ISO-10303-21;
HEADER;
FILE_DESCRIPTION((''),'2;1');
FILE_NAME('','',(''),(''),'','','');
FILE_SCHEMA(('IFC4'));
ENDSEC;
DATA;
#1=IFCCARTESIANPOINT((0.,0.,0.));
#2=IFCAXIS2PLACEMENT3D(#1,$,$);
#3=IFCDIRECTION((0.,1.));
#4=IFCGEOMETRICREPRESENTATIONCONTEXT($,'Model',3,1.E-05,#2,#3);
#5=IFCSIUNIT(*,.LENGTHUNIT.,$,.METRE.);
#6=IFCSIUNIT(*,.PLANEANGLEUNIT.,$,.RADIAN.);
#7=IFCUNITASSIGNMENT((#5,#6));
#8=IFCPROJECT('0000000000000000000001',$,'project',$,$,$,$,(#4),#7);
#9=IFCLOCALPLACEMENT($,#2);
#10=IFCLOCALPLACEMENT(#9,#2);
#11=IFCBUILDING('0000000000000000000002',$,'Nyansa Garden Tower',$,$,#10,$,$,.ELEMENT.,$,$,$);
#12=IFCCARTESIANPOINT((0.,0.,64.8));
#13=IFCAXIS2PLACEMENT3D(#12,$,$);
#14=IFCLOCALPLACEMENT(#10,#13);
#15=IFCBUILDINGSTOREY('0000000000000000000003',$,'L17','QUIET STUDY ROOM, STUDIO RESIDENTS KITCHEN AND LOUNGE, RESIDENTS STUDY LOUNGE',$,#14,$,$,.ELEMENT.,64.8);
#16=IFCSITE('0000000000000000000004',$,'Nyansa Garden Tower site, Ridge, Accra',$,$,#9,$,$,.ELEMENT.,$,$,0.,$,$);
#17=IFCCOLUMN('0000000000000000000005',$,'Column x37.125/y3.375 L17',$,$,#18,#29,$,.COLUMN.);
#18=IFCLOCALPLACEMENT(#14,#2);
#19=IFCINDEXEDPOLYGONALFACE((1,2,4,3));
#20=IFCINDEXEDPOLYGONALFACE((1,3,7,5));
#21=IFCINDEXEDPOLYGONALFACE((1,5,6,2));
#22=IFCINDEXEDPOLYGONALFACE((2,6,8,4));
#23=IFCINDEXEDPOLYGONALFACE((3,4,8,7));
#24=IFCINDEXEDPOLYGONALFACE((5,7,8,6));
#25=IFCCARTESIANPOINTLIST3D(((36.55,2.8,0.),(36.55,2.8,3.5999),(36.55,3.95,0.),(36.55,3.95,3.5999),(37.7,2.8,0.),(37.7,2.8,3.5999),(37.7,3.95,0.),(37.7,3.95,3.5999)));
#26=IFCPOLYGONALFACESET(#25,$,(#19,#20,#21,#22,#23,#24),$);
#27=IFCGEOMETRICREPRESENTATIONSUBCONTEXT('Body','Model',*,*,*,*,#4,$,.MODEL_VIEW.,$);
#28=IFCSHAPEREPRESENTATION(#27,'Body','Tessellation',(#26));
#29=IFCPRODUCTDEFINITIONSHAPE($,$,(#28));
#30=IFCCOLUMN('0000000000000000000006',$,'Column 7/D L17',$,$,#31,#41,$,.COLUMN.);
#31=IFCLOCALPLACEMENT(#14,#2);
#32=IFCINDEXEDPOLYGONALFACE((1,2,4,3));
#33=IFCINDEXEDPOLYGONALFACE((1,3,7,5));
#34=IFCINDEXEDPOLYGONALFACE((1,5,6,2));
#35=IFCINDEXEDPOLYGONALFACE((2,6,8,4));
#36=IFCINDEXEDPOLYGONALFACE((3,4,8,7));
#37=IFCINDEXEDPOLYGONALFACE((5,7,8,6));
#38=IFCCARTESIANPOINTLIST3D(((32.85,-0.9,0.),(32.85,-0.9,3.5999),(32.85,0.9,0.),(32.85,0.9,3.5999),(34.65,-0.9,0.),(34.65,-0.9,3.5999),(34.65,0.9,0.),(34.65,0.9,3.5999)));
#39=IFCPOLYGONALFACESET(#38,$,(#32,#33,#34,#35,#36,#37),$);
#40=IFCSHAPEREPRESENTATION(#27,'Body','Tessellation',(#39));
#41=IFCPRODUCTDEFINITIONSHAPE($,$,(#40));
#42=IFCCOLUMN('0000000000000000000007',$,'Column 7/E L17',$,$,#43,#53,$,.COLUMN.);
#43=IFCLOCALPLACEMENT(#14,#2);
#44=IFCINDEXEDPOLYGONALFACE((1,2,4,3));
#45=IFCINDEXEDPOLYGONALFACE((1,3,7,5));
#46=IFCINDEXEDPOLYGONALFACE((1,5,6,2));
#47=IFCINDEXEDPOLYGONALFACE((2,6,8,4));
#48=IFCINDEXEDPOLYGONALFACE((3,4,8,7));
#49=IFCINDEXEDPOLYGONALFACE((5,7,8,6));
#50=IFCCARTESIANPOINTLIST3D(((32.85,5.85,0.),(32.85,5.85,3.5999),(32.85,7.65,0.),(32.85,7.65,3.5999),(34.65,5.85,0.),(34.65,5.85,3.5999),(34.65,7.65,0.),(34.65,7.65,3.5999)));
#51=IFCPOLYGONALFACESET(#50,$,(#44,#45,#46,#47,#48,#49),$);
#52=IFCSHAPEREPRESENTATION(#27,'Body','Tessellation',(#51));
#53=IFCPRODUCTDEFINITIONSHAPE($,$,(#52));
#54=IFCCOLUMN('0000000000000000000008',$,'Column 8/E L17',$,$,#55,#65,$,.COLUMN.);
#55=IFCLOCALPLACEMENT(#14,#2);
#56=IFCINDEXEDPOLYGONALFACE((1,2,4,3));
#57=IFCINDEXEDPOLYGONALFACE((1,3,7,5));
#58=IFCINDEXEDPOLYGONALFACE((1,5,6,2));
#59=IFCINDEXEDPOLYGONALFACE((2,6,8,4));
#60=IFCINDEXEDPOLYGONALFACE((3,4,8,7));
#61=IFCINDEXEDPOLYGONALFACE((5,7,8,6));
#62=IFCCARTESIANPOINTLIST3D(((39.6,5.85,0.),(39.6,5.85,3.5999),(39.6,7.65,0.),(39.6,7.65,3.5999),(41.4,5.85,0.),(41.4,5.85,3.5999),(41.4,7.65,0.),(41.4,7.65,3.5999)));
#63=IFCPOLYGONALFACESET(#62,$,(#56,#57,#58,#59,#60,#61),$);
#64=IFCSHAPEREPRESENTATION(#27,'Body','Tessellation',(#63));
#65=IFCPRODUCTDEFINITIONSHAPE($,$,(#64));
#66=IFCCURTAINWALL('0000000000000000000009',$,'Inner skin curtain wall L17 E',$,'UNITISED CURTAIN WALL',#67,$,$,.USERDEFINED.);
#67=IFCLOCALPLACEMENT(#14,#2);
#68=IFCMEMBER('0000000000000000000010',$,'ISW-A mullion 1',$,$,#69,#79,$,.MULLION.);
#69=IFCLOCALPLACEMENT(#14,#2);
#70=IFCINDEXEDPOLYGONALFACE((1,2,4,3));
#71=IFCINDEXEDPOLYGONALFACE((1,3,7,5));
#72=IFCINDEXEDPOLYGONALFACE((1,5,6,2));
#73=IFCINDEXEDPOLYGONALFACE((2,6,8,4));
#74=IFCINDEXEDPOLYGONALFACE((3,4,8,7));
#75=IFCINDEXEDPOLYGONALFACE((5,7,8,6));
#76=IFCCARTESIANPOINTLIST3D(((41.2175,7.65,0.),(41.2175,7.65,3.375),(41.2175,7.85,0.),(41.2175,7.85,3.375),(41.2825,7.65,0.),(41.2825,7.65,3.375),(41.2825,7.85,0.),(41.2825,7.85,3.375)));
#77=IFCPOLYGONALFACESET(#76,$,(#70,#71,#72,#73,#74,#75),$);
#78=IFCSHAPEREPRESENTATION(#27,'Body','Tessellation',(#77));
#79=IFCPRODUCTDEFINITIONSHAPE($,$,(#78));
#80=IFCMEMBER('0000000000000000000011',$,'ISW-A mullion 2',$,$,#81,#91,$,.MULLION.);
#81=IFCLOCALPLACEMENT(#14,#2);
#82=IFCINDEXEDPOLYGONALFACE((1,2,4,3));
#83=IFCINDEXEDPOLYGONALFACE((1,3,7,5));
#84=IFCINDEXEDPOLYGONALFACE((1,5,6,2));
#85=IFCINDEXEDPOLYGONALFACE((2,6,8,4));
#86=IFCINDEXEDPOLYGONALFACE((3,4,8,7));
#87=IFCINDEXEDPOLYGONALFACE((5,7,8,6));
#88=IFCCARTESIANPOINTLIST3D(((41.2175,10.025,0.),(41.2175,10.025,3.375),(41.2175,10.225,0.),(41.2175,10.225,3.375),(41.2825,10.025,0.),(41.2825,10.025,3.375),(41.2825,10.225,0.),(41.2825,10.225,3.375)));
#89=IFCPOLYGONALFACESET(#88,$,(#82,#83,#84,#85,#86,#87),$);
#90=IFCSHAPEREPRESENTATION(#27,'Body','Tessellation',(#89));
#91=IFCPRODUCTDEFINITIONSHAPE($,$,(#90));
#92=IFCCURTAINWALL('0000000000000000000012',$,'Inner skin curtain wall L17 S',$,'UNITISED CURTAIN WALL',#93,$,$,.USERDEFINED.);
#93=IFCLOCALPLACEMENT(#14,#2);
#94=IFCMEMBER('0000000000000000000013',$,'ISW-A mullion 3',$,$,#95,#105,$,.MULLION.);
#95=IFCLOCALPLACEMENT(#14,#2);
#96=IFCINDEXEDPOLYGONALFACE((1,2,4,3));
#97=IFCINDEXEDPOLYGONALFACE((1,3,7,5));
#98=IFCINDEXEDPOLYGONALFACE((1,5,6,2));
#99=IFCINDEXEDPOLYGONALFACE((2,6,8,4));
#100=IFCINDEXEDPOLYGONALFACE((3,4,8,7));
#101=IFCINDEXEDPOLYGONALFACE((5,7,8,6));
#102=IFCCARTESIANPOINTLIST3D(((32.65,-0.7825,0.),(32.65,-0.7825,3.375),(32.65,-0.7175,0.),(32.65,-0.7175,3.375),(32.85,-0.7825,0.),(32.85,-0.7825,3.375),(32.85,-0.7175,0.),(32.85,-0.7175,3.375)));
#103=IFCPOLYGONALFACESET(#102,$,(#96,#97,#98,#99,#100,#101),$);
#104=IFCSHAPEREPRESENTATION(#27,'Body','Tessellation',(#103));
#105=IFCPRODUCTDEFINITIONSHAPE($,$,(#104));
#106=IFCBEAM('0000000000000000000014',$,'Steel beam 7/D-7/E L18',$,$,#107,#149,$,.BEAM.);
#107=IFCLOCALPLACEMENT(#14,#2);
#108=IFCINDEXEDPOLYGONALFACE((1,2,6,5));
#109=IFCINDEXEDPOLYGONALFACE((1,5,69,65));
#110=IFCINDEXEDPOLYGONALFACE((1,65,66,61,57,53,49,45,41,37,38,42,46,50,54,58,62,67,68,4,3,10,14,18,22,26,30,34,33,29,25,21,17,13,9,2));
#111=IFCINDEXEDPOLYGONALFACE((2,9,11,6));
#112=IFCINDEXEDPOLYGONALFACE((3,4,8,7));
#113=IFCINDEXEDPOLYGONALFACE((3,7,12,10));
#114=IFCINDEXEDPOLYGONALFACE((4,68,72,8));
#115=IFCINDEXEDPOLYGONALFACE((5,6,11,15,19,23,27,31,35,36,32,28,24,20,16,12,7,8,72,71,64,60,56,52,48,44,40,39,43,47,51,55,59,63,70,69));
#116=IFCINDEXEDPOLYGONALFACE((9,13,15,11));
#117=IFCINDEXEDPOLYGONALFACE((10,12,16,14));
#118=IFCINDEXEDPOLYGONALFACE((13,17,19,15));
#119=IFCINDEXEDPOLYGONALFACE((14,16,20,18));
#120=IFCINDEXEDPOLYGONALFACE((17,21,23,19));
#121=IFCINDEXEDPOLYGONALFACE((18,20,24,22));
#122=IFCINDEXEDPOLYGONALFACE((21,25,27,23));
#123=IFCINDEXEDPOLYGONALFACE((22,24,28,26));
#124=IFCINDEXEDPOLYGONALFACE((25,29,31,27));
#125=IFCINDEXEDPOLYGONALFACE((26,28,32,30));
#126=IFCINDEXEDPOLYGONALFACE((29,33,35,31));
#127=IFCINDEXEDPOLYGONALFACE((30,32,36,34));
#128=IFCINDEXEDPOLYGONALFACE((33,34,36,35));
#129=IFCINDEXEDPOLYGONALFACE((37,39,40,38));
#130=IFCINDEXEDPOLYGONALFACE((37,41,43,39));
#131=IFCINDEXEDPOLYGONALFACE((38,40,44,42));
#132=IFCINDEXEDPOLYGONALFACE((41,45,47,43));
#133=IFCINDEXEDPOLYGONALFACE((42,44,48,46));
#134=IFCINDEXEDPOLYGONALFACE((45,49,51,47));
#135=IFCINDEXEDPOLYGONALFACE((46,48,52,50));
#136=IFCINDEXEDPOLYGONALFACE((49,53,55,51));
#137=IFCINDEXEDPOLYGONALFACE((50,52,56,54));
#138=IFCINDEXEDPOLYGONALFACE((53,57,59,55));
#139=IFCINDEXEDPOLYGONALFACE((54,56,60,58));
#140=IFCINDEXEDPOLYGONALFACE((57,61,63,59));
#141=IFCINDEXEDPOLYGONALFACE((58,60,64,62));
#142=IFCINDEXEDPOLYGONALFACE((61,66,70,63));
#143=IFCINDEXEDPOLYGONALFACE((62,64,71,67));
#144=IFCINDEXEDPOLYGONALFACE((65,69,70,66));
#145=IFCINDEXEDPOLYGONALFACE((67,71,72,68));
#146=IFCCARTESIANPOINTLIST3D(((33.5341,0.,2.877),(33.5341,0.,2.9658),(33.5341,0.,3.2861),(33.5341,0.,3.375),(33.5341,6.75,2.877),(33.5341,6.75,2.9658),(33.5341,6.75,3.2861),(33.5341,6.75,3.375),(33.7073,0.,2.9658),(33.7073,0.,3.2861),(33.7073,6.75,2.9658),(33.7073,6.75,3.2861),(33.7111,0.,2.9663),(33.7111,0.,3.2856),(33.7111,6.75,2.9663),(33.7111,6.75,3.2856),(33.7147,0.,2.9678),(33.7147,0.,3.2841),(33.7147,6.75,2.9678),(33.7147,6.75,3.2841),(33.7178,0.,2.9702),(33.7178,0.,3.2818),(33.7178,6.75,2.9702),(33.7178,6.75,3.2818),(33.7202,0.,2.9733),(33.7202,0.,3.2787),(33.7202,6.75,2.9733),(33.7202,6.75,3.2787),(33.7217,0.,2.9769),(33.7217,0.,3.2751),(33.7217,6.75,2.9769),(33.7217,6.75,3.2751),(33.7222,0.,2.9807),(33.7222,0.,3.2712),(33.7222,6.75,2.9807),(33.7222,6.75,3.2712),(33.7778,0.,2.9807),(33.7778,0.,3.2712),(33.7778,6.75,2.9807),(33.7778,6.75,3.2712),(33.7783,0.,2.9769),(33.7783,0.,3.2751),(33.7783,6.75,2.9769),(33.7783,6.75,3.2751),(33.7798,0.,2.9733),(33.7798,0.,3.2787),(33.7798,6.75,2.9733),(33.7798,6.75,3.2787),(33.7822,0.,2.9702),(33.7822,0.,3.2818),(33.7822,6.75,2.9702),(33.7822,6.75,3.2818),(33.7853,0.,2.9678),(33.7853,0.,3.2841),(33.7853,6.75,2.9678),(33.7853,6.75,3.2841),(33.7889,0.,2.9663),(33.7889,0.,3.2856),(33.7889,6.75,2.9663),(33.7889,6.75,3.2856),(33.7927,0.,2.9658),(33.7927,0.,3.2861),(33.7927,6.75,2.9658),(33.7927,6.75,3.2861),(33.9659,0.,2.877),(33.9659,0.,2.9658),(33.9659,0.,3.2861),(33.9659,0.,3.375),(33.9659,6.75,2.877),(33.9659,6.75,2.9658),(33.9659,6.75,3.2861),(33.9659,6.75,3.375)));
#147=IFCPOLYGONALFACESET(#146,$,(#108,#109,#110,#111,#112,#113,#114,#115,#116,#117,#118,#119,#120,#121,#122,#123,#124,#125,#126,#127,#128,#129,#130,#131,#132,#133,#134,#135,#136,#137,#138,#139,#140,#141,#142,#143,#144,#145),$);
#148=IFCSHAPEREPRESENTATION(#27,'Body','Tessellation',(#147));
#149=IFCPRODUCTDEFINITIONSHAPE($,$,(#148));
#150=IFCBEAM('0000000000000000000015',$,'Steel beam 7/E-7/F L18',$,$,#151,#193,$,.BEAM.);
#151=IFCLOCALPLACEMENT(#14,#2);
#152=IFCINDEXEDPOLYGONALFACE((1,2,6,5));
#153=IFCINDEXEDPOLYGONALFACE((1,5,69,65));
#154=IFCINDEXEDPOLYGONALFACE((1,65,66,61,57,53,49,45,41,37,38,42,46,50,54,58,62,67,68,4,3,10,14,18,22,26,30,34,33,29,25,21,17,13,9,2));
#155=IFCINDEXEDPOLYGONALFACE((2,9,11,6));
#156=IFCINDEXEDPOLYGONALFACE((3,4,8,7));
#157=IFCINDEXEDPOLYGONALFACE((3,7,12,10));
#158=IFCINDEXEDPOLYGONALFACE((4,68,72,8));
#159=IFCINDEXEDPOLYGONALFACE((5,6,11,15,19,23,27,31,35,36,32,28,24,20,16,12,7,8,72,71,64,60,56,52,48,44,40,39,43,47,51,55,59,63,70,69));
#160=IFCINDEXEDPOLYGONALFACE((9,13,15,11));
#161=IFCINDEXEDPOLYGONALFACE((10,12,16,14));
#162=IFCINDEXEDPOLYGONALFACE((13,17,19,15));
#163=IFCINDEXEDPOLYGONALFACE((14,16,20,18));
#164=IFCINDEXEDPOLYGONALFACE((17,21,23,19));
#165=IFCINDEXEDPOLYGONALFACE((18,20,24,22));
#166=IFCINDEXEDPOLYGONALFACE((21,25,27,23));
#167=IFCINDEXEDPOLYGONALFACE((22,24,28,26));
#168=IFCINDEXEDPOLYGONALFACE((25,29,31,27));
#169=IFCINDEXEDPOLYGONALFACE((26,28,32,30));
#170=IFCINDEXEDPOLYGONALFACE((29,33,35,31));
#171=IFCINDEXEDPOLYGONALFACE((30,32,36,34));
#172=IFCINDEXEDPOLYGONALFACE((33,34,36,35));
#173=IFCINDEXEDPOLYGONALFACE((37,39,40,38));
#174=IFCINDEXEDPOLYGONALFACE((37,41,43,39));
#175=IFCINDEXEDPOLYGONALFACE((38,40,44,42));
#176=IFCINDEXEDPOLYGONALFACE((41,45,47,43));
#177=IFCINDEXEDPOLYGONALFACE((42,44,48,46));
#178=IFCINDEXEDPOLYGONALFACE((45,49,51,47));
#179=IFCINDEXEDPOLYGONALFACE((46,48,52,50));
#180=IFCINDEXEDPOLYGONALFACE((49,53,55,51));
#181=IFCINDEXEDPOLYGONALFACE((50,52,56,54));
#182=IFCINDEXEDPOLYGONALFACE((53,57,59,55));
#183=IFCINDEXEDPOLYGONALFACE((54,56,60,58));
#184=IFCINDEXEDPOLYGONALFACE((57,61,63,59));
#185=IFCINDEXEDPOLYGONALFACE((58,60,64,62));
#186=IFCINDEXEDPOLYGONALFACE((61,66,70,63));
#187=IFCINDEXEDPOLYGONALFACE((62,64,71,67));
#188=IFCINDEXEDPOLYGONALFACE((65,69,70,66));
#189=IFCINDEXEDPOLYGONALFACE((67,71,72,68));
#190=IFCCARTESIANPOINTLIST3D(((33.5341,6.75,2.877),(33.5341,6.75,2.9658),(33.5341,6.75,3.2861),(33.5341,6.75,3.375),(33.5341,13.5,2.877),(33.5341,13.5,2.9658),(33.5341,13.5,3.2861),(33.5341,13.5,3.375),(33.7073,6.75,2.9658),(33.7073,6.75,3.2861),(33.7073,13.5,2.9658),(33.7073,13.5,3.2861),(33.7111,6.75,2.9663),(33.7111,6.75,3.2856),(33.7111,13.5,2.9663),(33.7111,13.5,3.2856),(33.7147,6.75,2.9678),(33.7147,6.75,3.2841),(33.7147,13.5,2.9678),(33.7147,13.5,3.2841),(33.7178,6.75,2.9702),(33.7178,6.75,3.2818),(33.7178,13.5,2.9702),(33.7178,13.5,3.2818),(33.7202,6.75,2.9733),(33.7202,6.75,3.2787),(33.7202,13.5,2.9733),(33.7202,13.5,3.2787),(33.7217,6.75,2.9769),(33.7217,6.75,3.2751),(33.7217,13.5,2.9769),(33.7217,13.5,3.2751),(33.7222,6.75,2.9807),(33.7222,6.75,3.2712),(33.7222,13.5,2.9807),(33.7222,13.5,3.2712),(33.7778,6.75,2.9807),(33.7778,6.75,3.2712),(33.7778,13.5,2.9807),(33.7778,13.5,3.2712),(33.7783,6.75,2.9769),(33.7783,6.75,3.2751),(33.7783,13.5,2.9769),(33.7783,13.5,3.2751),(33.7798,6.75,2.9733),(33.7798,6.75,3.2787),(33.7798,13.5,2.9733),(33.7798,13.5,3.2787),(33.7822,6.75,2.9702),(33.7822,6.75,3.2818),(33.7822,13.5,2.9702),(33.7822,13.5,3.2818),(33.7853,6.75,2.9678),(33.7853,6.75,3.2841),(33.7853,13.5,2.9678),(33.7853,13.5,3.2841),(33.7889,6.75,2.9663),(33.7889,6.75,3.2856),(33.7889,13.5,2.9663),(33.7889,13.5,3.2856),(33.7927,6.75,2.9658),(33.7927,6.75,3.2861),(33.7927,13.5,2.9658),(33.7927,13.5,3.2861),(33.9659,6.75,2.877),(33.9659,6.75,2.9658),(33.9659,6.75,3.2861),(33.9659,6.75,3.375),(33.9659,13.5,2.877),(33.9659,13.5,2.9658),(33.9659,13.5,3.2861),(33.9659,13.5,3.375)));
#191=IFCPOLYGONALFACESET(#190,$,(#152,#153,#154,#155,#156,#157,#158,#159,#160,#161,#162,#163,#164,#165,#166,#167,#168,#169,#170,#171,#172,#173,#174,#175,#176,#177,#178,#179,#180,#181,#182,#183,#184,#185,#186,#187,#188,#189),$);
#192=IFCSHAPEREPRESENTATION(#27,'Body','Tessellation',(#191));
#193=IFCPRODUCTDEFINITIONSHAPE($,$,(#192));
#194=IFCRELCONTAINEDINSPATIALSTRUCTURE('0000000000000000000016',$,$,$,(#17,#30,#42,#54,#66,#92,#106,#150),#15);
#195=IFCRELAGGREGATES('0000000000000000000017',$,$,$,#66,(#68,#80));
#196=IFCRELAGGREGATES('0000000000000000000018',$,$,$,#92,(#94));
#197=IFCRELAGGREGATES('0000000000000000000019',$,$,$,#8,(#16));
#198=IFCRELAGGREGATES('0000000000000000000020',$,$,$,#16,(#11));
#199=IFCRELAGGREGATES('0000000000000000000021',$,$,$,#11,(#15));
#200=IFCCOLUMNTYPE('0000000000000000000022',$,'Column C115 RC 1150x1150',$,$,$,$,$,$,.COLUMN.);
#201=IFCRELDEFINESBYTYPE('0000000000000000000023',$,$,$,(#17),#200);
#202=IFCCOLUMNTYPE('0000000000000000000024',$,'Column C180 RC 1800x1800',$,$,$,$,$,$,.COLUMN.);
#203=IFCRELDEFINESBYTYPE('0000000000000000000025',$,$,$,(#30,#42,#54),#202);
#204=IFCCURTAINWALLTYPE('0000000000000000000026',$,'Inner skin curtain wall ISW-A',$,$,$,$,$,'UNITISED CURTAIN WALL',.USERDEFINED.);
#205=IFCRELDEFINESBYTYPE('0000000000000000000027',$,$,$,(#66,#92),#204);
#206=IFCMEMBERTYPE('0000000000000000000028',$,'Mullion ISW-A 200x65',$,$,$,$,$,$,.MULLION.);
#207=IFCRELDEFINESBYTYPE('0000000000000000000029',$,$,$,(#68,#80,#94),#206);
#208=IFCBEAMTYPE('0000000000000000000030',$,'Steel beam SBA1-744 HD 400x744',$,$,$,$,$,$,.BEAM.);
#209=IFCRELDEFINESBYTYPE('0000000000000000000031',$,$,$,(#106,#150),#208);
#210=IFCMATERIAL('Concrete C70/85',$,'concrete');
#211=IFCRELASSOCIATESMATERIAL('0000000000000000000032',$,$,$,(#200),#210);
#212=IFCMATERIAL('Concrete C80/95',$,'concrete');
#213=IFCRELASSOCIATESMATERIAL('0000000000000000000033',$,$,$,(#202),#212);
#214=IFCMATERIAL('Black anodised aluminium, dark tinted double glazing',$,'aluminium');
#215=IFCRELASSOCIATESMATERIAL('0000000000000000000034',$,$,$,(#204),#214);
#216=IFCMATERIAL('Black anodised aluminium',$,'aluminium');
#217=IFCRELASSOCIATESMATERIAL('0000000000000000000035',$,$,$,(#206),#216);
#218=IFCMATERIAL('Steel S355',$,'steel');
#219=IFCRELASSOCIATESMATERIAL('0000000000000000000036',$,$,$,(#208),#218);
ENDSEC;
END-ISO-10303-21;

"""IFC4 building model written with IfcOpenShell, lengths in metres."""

from ifc_helpers import new_model, si_unit, direction, frame, origin, origin_2d, place, context, subcontext, project, spatial, rectangle, i_section, extrude, material, material_profile, profile_set, type_object, element, aggregate, save


model = new_model("IFC4")

# Units and contexts
model_context = context("Model", 3, precision=1e-05, world=origin(), true_north=direction((0.0, 1.0)))
body_context = subcontext(model_context, "Body", "Model", "MODEL_VIEW")
ifc_project = project(units=[si_unit("LENGTHUNIT", "METRE"), si_unit("PLANEANGLEUNIT", "RADIAN")], contexts=[model_context])

# Site, building, storey
site_placement = place(None, origin())
site = spatial("IfcSite", under=ifc_project, at=site_placement, Name="Nyansa Garden Tower site, Ridge, Accra", CompositionType="ELEMENT", RefElevation=0.0)
building_placement = place(site_placement, origin())
building = spatial("IfcBuilding", under=site, at=building_placement, Name="Nyansa Garden Tower", CompositionType="ELEMENT")
storey_placement = place(building_placement, frame((0.0, 0.0, 64.8)))
storey = spatial("IfcBuildingStorey", under=building, at=storey_placement, Name="L17", Description="QUIET STUDY ROOM, STUDIO RESIDENTS KITCHEN AND LOUNGE, RESIDENTS STUDY LOUNGE", CompositionType="ELEMENT", Elevation=64.8)

# Columns
ifc_material_1 = material(Name="Concrete C70/85", Category="concrete")
ifc_material_profile_1 = material_profile(ifc_material_1, rectangle(XDim=1.1499, YDim=1.1499, at=origin_2d()), Name="RC 1150x1150")
ifc_profile_set_1 = profile_set([ifc_material_profile_1], Name="Concrete C70/85")
column_type_1 = type_object("IfcColumnType", Name="Column C115 RC 1150x1150", PredefinedType="COLUMN", material=ifc_profile_set_1)
column_placement = place(storey_placement, frame((37.125, 3.375, 0.0), z_axis=(0.0, 0.0, 1.0), x_axis=(1.0, 0.0, 0.0)))
element("IfcColumn", 1, at=column_placement, inside=storey, type_object=column_type_1, Name="Column x37.125/y3.375 L17", PredefinedType="COLUMN", context=body_context, shape_type="SweptSolid", body=[
    extrude(rectangle(XDim=1.1499, YDim=1.1499, at=origin_2d()), origin(), (0.0, 0.0, 1.0), 3.5999),
])
ifc_material_2 = material(Name="Concrete C80/95", Category="concrete")
ifc_material_profile_2 = material_profile(ifc_material_2, rectangle(XDim=1.8, YDim=1.8, at=origin_2d()), Name="RC 1800x1800")
ifc_profile_set_2 = profile_set([ifc_material_profile_2], Name="Concrete C80/95")
column_type_2 = type_object("IfcColumnType", Name="Column C180 RC 1800x1800", PredefinedType="COLUMN", material=ifc_profile_set_2)
for number, where, z_axis, x_axis, name in (
    (2, (33.75, 0.0, 0.0), (0.0, 0.0, 1.0), (1.0, 0.0, 0.0), "Column 7/D L17"),
    (3, (33.75, 6.75, 0.0), (0.0, 0.0, 1.0), (1.0, 0.0, 0.0), "Column 7/E L17"),
    (4, (40.5, 6.75, 0.0), (0.0, 0.0, 1.0), (1.0, 0.0, 0.0), "Column 8/E L17"),
):
    element("IfcColumn", number, at=place(storey_placement, frame(where, z_axis=z_axis, x_axis=x_axis)), inside=storey, type_object=column_type_2, Name=name, PredefinedType="COLUMN", context=body_context, shape_type="SweptSolid", body=[
        extrude(rectangle(XDim=1.8, YDim=1.8, at=origin_2d()), origin(), (0.0, 0.0, 1.0), 3.5999),
    ])

# Curtain wall, members
ifc_material_3 = material(Name="Black anodised aluminium, dark tinted double glazing", Category="aluminium")
curtain_wall_type = type_object("IfcCurtainWallType", Name="Inner skin curtain wall ISW-A", ElementType="UNITISED CURTAIN WALL", PredefinedType="USERDEFINED", material=ifc_material_3)
curtain_wall_1_placement = place(storey_placement, origin())
curtain_wall_1 = element("IfcCurtainWall", 5, at=curtain_wall_1_placement, inside=storey, type_object=curtain_wall_type, Name="Inner skin curtain wall L17 E", ObjectType="UNITISED CURTAIN WALL", PredefinedType="USERDEFINED")
ifc_material_4 = material(Name="Black anodised aluminium", Category="aluminium")
ifc_material_profile_3 = material_profile(ifc_material_4, rectangle(XDim=0.0649, YDim=0.2, at=origin_2d()), Name="Mullion 200x65")
ifc_profile_set_3 = profile_set([ifc_material_profile_3], Name="Black anodised aluminium")
member_type_1 = type_object("IfcMemberType", Name="Mullion ISW-A 200x65", PredefinedType="MULLION", material=ifc_profile_set_3)
member_1_placement = place(storey_placement, frame((41.25, 7.75, 0.0), z_axis=(0.0, 0.0, 1.0), x_axis=(-1.0, 0.0, 0.0)))
member_1 = element("IfcMember", 6, at=member_1_placement, type_object=member_type_1, Name="ISW-A mullion 1", PredefinedType="MULLION", context=body_context, shape_type="SweptSolid", body=[
    extrude(rectangle(XDim=0.0649, YDim=0.2, at=origin_2d()), origin(), (0.0, 0.0, 1.0), 3.375),
])
member_2_placement = place(storey_placement, frame((41.25, 10.125, 0.0), z_axis=(0.0, 0.0, 1.0), x_axis=(-1.0, 0.0, 0.0)))
member_2 = element("IfcMember", 7, at=member_2_placement, type_object=member_type_1, Name="ISW-A mullion 2", PredefinedType="MULLION", context=body_context, shape_type="SweptSolid", body=[
    extrude(rectangle(XDim=0.0649, YDim=0.2, at=origin_2d()), origin(), (0.0, 0.0, 1.0), 3.375),
])

# Curtain wall, member
curtain_wall_2_placement = place(storey_placement, origin())
curtain_wall_2 = element("IfcCurtainWall", 8, at=curtain_wall_2_placement, inside=storey, type_object=curtain_wall_type, Name="Inner skin curtain wall L17 S", ObjectType="UNITISED CURTAIN WALL", PredefinedType="USERDEFINED")
member_3_placement = place(storey_placement, frame((32.75, -0.75, 0.0), z_axis=(0.0, 0.0, 1.0), x_axis=(0.0, 1.0, 0.0)))
member_3 = element("IfcMember", 9, at=member_3_placement, type_object=member_type_1, Name="ISW-A mullion 3", PredefinedType="MULLION", context=body_context, shape_type="SweptSolid", body=[
    extrude(rectangle(XDim=0.0649, YDim=0.2, at=origin_2d()), origin(), (0.0, 0.0, 1.0), 3.375),
])

# Beams
ifc_material_5 = material(Name="Steel S355", Category="steel")
ifc_material_profile_4 = material_profile(ifc_material_5, i_section(OverallWidth=0.4319, OverallDepth=0.498, WebThickness=0.0557, FlangeThickness=0.0889, FilletRadius=0.0149, at=origin_2d()), Name="HD 400x744")
ifc_profile_set_4 = profile_set([ifc_material_profile_4], Name="Steel S355")
beam_type_1 = type_object("IfcBeamType", Name="Steel beam SBA1-744 HD 400x744", PredefinedType="BEAM", material=ifc_profile_set_4)
for number, where, z_axis, x_axis, name in (
    (10, (33.75, 0.0, 3.126), (0.0, 1.0, 0.0), (-1.0, 0.0, 0.0), "Steel beam 7/D-7/E L18"),
    (11, (33.75, 6.75, 3.126), (0.0, 1.0, 0.0), (-1.0, 0.0, 0.0), "Steel beam 7/E-7/F L18"),
):
    element("IfcBeam", number, at=place(storey_placement, frame(where, z_axis=z_axis, x_axis=x_axis)), inside=storey, type_object=beam_type_1, Name=name, PredefinedType="BEAM", context=body_context, shape_type="SweptSolid", body=[
        extrude(i_section(OverallWidth=0.4319, OverallDepth=0.498, WebThickness=0.0557, FlangeThickness=0.0889, FilletRadius=0.0149, at=origin_2d()), origin(), (0.0, 0.0, 1.0), 6.75),
    ])

aggregate(curtain_wall_1, [member_1, member_2])
aggregate(curtain_wall_2, [member_3])

save(model, "model.ifc")
